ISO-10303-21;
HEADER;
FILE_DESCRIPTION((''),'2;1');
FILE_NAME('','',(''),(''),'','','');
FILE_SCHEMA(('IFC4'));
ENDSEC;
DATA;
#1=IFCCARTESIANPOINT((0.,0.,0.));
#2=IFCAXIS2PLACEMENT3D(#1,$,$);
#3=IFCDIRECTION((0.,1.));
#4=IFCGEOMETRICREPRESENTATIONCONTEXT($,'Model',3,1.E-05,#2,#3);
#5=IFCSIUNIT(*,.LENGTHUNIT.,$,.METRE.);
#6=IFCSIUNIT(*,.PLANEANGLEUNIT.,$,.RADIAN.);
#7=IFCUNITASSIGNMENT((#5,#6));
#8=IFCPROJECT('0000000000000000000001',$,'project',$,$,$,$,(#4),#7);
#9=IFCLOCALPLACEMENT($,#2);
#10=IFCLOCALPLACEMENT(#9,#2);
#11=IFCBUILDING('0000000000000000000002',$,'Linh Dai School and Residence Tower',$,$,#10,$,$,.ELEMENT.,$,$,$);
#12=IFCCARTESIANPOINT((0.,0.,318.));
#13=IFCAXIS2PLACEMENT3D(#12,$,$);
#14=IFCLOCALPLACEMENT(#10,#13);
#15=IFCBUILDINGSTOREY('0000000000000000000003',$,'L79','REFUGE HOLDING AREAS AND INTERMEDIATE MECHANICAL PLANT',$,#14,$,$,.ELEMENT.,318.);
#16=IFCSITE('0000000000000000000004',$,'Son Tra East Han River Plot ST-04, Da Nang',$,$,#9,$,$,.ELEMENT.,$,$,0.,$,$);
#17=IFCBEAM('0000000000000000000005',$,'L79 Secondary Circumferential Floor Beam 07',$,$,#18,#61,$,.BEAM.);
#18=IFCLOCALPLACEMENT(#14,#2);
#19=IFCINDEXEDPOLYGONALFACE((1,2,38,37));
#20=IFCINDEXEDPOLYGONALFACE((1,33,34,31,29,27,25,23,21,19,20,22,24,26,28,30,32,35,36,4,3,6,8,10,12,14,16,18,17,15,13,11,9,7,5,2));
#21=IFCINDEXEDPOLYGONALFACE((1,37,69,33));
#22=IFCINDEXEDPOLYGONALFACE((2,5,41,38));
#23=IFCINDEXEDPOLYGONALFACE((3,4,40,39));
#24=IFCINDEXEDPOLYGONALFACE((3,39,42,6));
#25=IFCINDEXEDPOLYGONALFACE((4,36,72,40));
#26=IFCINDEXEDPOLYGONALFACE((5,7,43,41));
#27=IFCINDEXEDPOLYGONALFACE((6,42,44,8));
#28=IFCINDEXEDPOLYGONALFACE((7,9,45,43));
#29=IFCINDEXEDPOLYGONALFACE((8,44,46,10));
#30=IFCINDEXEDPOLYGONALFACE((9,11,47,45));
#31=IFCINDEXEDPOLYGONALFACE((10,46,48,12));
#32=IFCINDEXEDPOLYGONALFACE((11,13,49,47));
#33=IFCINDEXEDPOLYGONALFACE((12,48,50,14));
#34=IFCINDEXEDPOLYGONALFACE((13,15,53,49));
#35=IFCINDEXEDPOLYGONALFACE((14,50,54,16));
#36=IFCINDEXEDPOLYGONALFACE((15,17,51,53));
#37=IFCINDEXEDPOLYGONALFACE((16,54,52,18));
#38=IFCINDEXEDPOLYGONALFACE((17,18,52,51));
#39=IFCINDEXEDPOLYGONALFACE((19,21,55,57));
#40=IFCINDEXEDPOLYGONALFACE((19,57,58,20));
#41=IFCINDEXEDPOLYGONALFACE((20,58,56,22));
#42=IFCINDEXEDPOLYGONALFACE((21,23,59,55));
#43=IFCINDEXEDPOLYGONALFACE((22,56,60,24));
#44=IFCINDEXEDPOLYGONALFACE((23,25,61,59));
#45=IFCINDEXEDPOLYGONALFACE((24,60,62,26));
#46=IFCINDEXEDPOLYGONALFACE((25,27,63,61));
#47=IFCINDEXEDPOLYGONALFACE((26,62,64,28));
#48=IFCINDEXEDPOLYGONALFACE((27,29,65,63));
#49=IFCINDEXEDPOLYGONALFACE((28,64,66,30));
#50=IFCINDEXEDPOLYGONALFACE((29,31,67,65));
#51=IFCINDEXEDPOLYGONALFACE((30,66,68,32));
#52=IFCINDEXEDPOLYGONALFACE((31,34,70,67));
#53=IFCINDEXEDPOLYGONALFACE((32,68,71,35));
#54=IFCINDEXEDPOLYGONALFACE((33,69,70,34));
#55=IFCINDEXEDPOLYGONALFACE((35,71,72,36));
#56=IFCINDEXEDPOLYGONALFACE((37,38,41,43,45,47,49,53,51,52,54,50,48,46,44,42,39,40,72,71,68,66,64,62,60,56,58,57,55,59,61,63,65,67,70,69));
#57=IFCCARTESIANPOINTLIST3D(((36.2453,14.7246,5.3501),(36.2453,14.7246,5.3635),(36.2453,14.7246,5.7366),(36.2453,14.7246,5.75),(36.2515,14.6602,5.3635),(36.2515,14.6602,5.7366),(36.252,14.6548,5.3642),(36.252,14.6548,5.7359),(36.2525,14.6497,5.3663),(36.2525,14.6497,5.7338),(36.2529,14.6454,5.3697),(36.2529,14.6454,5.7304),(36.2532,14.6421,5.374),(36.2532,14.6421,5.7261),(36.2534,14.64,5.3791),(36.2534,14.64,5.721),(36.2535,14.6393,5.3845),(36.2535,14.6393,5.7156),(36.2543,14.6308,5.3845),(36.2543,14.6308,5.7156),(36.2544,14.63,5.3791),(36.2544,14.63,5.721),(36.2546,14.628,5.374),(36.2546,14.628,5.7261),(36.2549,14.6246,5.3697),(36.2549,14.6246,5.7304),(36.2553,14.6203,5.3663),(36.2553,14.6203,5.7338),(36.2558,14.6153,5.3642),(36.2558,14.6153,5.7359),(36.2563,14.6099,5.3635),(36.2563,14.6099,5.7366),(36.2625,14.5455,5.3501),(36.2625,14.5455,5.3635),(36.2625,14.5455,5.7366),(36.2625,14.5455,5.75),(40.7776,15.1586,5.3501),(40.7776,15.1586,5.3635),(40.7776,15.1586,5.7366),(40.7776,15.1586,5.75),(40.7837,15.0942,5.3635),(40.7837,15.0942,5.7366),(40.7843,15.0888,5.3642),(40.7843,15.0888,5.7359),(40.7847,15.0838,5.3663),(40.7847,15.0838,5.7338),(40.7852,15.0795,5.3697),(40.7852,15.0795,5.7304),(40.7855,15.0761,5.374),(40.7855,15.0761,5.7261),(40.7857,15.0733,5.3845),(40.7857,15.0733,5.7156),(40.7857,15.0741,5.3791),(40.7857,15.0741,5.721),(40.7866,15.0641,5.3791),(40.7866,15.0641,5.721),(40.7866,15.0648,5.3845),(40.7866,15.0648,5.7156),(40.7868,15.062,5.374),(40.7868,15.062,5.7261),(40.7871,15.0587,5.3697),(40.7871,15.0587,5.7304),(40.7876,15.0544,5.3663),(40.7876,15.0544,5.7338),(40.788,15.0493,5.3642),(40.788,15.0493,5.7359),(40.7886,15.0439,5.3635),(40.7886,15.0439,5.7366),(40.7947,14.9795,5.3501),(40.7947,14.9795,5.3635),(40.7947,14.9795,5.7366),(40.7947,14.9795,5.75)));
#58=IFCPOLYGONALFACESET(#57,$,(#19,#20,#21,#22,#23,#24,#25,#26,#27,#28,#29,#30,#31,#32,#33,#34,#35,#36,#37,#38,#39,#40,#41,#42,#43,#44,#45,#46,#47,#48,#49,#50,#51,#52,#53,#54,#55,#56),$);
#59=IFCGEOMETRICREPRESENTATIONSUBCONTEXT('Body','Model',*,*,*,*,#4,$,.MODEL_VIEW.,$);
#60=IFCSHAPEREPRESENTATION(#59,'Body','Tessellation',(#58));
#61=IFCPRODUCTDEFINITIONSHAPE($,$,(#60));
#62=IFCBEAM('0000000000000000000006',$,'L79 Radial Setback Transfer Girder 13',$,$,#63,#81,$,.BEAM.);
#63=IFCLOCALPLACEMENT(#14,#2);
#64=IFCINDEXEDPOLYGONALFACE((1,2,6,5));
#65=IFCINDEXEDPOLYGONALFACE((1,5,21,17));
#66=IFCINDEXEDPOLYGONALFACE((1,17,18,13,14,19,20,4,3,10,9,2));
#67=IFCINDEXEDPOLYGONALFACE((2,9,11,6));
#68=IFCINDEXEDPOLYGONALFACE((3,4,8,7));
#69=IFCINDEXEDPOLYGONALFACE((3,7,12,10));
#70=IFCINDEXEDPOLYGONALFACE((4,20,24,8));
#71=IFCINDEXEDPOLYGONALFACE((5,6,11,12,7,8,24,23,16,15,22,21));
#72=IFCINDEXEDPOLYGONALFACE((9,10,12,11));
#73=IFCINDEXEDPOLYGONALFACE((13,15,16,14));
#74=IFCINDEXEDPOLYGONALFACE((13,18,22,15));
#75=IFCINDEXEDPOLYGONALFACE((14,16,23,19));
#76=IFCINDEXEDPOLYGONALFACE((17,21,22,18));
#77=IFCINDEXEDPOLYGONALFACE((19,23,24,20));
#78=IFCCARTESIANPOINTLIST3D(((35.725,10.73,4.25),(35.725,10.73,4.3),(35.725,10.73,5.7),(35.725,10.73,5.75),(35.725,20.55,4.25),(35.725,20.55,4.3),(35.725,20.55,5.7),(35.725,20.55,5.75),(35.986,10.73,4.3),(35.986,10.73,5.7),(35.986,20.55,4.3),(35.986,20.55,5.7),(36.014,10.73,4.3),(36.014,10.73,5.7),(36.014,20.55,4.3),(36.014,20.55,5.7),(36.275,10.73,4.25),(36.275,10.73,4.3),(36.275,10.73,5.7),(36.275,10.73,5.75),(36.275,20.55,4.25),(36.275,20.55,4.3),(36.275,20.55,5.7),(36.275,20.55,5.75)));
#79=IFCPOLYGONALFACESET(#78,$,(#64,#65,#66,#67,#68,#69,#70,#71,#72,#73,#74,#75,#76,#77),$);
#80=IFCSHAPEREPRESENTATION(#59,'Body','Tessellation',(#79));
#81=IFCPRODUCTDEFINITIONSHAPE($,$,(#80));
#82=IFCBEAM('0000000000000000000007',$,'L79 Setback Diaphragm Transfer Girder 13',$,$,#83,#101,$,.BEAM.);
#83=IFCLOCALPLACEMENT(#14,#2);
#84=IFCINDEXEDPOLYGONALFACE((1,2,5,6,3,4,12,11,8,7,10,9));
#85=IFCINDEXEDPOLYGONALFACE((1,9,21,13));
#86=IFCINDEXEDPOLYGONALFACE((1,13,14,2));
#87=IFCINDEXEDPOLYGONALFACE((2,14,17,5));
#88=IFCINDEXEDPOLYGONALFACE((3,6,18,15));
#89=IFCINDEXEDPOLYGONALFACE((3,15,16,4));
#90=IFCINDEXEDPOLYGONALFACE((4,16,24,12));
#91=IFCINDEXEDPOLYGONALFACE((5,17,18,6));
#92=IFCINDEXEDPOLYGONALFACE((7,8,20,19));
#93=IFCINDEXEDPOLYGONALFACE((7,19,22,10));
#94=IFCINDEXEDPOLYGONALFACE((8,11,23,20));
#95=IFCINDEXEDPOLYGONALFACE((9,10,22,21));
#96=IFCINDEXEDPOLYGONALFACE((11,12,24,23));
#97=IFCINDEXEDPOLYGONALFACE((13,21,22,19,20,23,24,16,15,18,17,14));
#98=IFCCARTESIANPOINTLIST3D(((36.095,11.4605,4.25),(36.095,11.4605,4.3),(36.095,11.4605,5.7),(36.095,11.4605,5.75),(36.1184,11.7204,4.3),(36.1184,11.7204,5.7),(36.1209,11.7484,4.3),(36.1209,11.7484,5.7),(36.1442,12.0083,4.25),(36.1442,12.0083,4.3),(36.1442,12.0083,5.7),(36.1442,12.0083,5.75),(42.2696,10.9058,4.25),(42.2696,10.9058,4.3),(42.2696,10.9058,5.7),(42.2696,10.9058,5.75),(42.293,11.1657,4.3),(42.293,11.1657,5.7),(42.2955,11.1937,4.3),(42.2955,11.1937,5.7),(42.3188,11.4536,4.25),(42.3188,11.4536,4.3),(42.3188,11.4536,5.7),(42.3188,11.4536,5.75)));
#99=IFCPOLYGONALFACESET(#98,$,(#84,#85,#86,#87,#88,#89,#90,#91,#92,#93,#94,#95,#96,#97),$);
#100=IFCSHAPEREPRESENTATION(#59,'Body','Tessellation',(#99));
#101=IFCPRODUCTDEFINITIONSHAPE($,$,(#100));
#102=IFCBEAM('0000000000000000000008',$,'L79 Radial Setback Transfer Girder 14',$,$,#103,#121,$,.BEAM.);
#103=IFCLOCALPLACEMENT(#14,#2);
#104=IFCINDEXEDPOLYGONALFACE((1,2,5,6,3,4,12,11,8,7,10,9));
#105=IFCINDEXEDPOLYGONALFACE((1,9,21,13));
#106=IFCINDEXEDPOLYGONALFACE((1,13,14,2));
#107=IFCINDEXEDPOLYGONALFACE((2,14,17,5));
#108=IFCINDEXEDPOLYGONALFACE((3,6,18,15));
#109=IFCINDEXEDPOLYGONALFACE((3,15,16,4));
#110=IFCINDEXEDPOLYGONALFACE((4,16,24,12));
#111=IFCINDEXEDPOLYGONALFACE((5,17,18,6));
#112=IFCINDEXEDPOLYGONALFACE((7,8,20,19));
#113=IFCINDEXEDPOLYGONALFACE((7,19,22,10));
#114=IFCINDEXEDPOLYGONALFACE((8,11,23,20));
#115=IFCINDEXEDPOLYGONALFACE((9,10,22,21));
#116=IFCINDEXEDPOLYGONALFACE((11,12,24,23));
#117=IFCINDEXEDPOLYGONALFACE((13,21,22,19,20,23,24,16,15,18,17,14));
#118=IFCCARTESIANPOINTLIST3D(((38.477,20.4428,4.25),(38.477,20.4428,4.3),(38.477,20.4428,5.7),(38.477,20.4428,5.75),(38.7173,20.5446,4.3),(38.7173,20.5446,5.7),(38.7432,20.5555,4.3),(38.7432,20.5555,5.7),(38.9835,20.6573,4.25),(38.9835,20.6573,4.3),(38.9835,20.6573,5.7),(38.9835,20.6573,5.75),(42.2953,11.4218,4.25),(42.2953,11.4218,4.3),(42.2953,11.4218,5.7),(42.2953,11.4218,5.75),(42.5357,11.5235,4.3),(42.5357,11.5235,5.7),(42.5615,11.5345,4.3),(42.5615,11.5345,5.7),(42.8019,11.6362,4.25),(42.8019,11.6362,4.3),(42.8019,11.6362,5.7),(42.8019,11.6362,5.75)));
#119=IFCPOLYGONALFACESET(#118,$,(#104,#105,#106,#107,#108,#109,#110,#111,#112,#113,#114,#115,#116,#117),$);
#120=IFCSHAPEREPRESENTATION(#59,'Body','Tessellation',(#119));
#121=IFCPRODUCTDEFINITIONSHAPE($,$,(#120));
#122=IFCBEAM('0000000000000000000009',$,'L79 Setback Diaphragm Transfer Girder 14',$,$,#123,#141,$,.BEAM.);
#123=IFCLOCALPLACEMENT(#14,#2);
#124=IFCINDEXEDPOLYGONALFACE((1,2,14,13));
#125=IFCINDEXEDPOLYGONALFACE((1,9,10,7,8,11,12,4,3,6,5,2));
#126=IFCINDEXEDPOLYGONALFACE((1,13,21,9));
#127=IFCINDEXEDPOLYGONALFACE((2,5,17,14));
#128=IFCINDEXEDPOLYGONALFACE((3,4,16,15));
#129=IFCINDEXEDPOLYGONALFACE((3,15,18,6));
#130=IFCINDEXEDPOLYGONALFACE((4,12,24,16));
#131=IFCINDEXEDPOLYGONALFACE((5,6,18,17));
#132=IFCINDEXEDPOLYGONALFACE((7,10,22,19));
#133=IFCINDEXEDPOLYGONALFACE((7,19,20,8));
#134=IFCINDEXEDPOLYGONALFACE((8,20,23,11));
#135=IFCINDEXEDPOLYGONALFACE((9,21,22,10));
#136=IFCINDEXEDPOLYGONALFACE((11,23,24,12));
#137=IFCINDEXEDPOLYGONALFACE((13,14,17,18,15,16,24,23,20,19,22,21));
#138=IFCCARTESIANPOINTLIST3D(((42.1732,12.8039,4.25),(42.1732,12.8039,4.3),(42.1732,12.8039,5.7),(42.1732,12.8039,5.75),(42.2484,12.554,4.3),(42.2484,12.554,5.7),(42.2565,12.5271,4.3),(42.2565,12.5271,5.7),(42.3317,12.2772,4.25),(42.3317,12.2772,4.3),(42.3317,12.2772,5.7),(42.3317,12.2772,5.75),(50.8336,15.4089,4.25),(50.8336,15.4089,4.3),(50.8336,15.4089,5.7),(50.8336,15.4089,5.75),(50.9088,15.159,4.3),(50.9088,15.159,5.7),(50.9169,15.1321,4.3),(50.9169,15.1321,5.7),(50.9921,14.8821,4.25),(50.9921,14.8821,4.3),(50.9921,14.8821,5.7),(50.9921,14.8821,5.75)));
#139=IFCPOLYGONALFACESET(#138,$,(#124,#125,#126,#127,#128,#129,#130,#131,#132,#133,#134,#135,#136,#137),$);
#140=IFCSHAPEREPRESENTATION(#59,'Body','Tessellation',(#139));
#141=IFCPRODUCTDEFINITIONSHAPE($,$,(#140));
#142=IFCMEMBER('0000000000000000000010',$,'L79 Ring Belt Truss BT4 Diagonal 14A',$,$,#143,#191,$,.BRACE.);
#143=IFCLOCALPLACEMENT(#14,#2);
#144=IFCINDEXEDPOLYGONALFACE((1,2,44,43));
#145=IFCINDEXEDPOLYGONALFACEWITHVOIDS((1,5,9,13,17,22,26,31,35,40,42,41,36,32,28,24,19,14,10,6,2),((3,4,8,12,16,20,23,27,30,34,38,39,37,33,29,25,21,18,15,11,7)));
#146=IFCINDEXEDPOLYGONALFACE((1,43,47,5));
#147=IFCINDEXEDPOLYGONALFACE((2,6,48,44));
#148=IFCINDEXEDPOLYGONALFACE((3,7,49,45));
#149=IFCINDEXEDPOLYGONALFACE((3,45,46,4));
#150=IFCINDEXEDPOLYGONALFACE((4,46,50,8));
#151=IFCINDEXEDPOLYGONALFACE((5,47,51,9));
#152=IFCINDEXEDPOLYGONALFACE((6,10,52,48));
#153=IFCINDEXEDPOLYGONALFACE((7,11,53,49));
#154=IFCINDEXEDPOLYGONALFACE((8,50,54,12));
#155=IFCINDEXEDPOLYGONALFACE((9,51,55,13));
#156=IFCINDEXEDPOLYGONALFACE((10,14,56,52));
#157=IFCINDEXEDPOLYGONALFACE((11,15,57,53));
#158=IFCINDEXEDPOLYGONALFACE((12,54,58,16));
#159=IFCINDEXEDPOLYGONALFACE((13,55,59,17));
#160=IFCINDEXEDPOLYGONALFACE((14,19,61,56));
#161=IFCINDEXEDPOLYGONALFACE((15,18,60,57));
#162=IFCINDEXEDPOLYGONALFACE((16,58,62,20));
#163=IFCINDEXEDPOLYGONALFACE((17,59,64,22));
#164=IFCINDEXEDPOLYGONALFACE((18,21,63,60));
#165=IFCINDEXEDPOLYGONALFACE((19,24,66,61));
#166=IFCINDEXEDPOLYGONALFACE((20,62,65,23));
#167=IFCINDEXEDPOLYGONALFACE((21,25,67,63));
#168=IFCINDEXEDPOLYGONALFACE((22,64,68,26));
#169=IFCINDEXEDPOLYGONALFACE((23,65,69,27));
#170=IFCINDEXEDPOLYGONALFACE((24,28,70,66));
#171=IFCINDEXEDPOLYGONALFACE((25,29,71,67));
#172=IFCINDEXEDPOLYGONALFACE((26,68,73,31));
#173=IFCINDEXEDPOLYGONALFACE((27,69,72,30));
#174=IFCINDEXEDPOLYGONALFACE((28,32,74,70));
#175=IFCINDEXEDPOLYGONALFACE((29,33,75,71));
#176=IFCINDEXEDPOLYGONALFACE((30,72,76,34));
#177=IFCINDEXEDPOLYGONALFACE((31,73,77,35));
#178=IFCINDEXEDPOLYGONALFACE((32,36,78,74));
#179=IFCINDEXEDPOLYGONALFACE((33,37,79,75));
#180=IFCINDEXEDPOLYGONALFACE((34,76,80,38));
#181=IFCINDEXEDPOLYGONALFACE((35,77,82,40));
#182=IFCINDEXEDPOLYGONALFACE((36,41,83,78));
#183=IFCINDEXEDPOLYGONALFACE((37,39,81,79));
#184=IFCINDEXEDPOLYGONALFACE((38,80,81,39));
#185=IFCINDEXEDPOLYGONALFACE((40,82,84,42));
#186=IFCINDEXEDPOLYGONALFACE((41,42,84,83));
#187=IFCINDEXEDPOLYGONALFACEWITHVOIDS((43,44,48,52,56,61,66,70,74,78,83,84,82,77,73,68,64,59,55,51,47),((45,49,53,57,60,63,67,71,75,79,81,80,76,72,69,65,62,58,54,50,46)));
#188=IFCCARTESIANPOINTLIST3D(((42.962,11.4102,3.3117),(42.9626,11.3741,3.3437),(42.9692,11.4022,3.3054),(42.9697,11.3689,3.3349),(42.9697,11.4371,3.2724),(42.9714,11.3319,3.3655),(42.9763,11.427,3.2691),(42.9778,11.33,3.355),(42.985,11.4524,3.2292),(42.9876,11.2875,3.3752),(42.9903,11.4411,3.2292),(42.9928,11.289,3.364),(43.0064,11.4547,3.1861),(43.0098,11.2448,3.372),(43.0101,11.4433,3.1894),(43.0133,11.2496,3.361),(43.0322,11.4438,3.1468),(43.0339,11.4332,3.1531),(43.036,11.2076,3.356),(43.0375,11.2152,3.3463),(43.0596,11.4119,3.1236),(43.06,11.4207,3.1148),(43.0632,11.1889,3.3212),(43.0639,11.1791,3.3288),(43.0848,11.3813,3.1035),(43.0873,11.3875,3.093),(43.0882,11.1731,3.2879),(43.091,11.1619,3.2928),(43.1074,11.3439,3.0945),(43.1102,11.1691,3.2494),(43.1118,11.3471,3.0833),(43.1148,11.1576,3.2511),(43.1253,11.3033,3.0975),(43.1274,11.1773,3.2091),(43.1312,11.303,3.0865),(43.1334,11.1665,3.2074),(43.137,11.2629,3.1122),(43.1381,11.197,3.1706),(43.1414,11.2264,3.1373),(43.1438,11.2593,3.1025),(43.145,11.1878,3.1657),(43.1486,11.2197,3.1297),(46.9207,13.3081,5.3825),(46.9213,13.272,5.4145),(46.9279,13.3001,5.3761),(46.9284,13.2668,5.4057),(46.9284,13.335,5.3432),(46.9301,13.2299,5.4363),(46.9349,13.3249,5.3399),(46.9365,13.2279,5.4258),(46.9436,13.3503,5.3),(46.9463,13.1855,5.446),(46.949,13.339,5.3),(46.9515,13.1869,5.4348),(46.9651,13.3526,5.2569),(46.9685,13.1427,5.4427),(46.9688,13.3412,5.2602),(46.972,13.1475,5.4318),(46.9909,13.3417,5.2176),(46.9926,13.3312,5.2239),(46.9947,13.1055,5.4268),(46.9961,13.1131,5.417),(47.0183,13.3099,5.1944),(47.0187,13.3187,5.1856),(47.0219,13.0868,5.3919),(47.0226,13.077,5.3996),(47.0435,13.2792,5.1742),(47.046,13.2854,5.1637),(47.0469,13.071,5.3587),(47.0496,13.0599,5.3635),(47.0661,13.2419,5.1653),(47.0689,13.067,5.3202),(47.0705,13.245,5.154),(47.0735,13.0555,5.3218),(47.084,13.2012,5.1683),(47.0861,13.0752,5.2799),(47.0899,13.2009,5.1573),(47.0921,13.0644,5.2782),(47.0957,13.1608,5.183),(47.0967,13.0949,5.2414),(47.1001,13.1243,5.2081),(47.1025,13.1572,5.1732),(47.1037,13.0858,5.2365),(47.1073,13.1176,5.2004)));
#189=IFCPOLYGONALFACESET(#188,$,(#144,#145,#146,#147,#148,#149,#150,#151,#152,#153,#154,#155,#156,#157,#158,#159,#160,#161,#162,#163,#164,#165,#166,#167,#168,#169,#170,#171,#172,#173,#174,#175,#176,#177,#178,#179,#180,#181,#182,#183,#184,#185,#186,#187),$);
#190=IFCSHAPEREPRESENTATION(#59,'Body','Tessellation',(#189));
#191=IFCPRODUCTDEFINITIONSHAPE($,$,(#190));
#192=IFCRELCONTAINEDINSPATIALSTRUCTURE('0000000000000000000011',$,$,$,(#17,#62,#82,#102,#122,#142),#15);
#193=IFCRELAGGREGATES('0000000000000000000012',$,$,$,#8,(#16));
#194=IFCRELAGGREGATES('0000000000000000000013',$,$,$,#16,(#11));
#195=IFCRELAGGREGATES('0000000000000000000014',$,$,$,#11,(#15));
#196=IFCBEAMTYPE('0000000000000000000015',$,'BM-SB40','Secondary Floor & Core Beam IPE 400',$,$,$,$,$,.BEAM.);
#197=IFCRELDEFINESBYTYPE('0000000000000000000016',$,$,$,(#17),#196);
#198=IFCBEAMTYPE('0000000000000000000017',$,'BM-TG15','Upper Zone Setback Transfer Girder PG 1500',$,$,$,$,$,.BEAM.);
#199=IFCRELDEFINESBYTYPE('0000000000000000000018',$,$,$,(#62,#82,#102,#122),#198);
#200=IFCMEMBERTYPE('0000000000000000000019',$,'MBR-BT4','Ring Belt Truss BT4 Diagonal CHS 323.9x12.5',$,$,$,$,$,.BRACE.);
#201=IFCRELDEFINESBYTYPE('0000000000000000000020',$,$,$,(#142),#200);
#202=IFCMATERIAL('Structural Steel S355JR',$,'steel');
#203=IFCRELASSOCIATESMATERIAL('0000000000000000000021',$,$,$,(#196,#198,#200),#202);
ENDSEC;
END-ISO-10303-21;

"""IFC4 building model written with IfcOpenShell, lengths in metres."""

from ifc_helpers import new_model, si_unit, direction, frame, origin, origin_2d, place, context, subcontext, project, spatial, hollow_circle, i_section, extrude, material, material_profile, profile_set, type_object, element, save


model = new_model("IFC4")

# Units and contexts
model_context = context("Model", 3, precision=1e-05, world=origin(), true_north=direction((0.0, 1.0)))
body_context = subcontext(model_context, "Body", "Model", "MODEL_VIEW")
ifc_project = project(units=[si_unit("LENGTHUNIT", "METRE"), si_unit("PLANEANGLEUNIT", "RADIAN")], contexts=[model_context])

# Site, building, storey
site_placement = place(None, origin())
site = spatial("IfcSite", under=ifc_project, at=site_placement, Name="Son Tra East Han River Plot ST-04, Da Nang", CompositionType="ELEMENT", RefElevation=0.0)
building_placement = place(site_placement, origin())
building = spatial("IfcBuilding", under=site, at=building_placement, Name="Linh Dai School and Residence Tower", CompositionType="ELEMENT")
storey_placement = place(building_placement, frame((0.0, 0.0, 318.0)))
storey = spatial("IfcBuildingStorey", under=building, at=storey_placement, Name="L79", Description="REFUGE HOLDING AREAS AND INTERMEDIATE MECHANICAL PLANT", CompositionType="ELEMENT", Elevation=318.0)

# Shared definitions
ifc_material_1 = material(Name="Structural Steel S355JR", Category="steel")

# Beams
ifc_material_profile_1 = material_profile(ifc_material_1, i_section(OverallWidth=0.1799, OverallDepth=0.3999, WebThickness=0.0085, FlangeThickness=0.0134, FilletRadius=0.021, at=origin_2d()), Name="IPE 400")
ifc_profile_set_1 = profile_set([ifc_material_profile_1], Name="Structural Steel S355JR")
beam_type_1 = type_object("IfcBeamType", Name="BM-SB40", Description="Secondary Floor & Core Beam IPE 400", PredefinedType="BEAM", material=ifc_profile_set_1)
beam_1_placement = place(storey_placement, frame((36.2539, 14.635, 5.55), z_axis=(0.995445, 0.09534, 0.0), x_axis=(-0.09534, 0.995445, 0.0)))
element("IfcBeam", 1, at=beam_1_placement, inside=storey, type_object=beam_type_1, Name="L79 Secondary Circumferential Floor Beam 07", PredefinedType="BEAM", context=body_context, shape_type="SweptSolid", body=[
    extrude(i_section(OverallWidth=0.1799, OverallDepth=0.3999, WebThickness=0.0085, FlangeThickness=0.0134, FilletRadius=0.021, at=origin_2d()), origin(), (0.0, 0.0, 1.0), 4.553),
])
ifc_material_profile_2 = material_profile(ifc_material_1, i_section(OverallWidth=0.55, OverallDepth=1.5, WebThickness=0.0281, FlangeThickness=0.05, at=origin_2d()), Name="PG 1500x550x28x50")
ifc_profile_set_2 = profile_set([ifc_material_profile_2], Name="Structural Steel S355JR")
beam_type_2 = type_object("IfcBeamType", Name="BM-TG15", Description="Upper Zone Setback Transfer Girder PG 1500", PredefinedType="BEAM", material=ifc_profile_set_2)
beam_2_placement = place(storey_placement, frame((36.0, 20.55, 5.0), z_axis=(0.0, -1.0, 0.0), x_axis=(1.0, 0.0, 0.0)))
element("IfcBeam", 2, at=beam_2_placement, inside=storey, type_object=beam_type_2, Name="L79 Radial Setback Transfer Girder 13", PredefinedType="BEAM", context=body_context, shape_type="SweptSolid", body=[
    extrude(i_section(OverallWidth=0.55, OverallDepth=1.5, WebThickness=0.0281, FlangeThickness=0.05, at=origin_2d()), origin(), (0.0, 0.0, 1.0), 9.8201),
])
beam_3_placement = place(storey_placement, frame((36.1196, 11.7344, 5.0), z_axis=(0.995989, -0.089474, 0.0), x_axis=(0.089474, 0.995989, 0.0)))
element("IfcBeam", 3, at=beam_3_placement, inside=storey, type_object=beam_type_2, Name="L79 Setback Diaphragm Transfer Girder 13", PredefinedType="BEAM", context=body_context, shape_type="SweptSolid", body=[
    extrude(i_section(OverallWidth=0.55, OverallDepth=1.5, WebThickness=0.0281, FlangeThickness=0.05, at=origin_2d()), origin(), (0.0, 0.0, 1.0), 6.1995),
])
beam_4_placement = place(storey_placement, frame((38.7302, 20.55, 5.0), z_axis=(0.389794, -0.920902, 0.0), x_axis=(0.920902, 0.389794, 0.0)))
element("IfcBeam", 4, at=beam_4_placement, inside=storey, type_object=beam_type_2, Name="L79 Radial Setback Transfer Girder 14", PredefinedType="BEAM", context=body_context, shape_type="SweptSolid", body=[
    extrude(i_section(OverallWidth=0.55, OverallDepth=1.5, WebThickness=0.0281, FlangeThickness=0.05, at=origin_2d()), origin(), (0.0, 0.0, 1.0), 9.7959),
])
beam_5_placement = place(storey_placement, frame((42.2524, 12.5405, 5.0), z_axis=(0.957617, 0.288044, 0.0), x_axis=(-0.288044, 0.957617, 0.0)))
element("IfcBeam", 5, at=beam_5_placement, inside=storey, type_object=beam_type_2, Name="L79 Setback Diaphragm Transfer Girder 14", PredefinedType="BEAM", context=body_context, shape_type="SweptSolid", body=[
    extrude(i_section(OverallWidth=0.55, OverallDepth=1.5, WebThickness=0.0281, FlangeThickness=0.05, at=origin_2d()), origin(), (0.0, 0.0, 1.0), 9.0437),
])

# Member
ifc_material_profile_3 = material_profile(ifc_material_1, hollow_circle(Radius=0.1619, WallThickness=0.0125, at=origin_2d()), Name="CHS 323.9x12.5")
ifc_profile_set_3 = profile_set([ifc_material_profile_3], Name="Structural Steel S355JR")
member_type_1 = type_object("IfcMemberType", Name="MBR-BT4", Description="Ring Belt Truss BT4 Diagonal CHS 323.9x12.5", PredefinedType="BRACE", material=ifc_profile_set_3)
member_1_placement = place(storey_placement, frame((43.0549, 11.3064, 3.2292), z_axis=(0.81555, 0.391001, 0.426611), x_axis=(-0.432315, 0.901723, 0.0)))
element("IfcMember", 6, at=member_1_placement, inside=storey, type_object=member_type_1, Name="L79 Ring Belt Truss BT4 Diagonal 14A", PredefinedType="BRACE", context=body_context, shape_type="SweptSolid", body=[
    extrude(hollow_circle(Radius=0.1619, WallThickness=0.0125, at=origin_2d()), origin(), (0.0, 0.0, 1.0), 4.854),
])

save(model, "model.ifc")
